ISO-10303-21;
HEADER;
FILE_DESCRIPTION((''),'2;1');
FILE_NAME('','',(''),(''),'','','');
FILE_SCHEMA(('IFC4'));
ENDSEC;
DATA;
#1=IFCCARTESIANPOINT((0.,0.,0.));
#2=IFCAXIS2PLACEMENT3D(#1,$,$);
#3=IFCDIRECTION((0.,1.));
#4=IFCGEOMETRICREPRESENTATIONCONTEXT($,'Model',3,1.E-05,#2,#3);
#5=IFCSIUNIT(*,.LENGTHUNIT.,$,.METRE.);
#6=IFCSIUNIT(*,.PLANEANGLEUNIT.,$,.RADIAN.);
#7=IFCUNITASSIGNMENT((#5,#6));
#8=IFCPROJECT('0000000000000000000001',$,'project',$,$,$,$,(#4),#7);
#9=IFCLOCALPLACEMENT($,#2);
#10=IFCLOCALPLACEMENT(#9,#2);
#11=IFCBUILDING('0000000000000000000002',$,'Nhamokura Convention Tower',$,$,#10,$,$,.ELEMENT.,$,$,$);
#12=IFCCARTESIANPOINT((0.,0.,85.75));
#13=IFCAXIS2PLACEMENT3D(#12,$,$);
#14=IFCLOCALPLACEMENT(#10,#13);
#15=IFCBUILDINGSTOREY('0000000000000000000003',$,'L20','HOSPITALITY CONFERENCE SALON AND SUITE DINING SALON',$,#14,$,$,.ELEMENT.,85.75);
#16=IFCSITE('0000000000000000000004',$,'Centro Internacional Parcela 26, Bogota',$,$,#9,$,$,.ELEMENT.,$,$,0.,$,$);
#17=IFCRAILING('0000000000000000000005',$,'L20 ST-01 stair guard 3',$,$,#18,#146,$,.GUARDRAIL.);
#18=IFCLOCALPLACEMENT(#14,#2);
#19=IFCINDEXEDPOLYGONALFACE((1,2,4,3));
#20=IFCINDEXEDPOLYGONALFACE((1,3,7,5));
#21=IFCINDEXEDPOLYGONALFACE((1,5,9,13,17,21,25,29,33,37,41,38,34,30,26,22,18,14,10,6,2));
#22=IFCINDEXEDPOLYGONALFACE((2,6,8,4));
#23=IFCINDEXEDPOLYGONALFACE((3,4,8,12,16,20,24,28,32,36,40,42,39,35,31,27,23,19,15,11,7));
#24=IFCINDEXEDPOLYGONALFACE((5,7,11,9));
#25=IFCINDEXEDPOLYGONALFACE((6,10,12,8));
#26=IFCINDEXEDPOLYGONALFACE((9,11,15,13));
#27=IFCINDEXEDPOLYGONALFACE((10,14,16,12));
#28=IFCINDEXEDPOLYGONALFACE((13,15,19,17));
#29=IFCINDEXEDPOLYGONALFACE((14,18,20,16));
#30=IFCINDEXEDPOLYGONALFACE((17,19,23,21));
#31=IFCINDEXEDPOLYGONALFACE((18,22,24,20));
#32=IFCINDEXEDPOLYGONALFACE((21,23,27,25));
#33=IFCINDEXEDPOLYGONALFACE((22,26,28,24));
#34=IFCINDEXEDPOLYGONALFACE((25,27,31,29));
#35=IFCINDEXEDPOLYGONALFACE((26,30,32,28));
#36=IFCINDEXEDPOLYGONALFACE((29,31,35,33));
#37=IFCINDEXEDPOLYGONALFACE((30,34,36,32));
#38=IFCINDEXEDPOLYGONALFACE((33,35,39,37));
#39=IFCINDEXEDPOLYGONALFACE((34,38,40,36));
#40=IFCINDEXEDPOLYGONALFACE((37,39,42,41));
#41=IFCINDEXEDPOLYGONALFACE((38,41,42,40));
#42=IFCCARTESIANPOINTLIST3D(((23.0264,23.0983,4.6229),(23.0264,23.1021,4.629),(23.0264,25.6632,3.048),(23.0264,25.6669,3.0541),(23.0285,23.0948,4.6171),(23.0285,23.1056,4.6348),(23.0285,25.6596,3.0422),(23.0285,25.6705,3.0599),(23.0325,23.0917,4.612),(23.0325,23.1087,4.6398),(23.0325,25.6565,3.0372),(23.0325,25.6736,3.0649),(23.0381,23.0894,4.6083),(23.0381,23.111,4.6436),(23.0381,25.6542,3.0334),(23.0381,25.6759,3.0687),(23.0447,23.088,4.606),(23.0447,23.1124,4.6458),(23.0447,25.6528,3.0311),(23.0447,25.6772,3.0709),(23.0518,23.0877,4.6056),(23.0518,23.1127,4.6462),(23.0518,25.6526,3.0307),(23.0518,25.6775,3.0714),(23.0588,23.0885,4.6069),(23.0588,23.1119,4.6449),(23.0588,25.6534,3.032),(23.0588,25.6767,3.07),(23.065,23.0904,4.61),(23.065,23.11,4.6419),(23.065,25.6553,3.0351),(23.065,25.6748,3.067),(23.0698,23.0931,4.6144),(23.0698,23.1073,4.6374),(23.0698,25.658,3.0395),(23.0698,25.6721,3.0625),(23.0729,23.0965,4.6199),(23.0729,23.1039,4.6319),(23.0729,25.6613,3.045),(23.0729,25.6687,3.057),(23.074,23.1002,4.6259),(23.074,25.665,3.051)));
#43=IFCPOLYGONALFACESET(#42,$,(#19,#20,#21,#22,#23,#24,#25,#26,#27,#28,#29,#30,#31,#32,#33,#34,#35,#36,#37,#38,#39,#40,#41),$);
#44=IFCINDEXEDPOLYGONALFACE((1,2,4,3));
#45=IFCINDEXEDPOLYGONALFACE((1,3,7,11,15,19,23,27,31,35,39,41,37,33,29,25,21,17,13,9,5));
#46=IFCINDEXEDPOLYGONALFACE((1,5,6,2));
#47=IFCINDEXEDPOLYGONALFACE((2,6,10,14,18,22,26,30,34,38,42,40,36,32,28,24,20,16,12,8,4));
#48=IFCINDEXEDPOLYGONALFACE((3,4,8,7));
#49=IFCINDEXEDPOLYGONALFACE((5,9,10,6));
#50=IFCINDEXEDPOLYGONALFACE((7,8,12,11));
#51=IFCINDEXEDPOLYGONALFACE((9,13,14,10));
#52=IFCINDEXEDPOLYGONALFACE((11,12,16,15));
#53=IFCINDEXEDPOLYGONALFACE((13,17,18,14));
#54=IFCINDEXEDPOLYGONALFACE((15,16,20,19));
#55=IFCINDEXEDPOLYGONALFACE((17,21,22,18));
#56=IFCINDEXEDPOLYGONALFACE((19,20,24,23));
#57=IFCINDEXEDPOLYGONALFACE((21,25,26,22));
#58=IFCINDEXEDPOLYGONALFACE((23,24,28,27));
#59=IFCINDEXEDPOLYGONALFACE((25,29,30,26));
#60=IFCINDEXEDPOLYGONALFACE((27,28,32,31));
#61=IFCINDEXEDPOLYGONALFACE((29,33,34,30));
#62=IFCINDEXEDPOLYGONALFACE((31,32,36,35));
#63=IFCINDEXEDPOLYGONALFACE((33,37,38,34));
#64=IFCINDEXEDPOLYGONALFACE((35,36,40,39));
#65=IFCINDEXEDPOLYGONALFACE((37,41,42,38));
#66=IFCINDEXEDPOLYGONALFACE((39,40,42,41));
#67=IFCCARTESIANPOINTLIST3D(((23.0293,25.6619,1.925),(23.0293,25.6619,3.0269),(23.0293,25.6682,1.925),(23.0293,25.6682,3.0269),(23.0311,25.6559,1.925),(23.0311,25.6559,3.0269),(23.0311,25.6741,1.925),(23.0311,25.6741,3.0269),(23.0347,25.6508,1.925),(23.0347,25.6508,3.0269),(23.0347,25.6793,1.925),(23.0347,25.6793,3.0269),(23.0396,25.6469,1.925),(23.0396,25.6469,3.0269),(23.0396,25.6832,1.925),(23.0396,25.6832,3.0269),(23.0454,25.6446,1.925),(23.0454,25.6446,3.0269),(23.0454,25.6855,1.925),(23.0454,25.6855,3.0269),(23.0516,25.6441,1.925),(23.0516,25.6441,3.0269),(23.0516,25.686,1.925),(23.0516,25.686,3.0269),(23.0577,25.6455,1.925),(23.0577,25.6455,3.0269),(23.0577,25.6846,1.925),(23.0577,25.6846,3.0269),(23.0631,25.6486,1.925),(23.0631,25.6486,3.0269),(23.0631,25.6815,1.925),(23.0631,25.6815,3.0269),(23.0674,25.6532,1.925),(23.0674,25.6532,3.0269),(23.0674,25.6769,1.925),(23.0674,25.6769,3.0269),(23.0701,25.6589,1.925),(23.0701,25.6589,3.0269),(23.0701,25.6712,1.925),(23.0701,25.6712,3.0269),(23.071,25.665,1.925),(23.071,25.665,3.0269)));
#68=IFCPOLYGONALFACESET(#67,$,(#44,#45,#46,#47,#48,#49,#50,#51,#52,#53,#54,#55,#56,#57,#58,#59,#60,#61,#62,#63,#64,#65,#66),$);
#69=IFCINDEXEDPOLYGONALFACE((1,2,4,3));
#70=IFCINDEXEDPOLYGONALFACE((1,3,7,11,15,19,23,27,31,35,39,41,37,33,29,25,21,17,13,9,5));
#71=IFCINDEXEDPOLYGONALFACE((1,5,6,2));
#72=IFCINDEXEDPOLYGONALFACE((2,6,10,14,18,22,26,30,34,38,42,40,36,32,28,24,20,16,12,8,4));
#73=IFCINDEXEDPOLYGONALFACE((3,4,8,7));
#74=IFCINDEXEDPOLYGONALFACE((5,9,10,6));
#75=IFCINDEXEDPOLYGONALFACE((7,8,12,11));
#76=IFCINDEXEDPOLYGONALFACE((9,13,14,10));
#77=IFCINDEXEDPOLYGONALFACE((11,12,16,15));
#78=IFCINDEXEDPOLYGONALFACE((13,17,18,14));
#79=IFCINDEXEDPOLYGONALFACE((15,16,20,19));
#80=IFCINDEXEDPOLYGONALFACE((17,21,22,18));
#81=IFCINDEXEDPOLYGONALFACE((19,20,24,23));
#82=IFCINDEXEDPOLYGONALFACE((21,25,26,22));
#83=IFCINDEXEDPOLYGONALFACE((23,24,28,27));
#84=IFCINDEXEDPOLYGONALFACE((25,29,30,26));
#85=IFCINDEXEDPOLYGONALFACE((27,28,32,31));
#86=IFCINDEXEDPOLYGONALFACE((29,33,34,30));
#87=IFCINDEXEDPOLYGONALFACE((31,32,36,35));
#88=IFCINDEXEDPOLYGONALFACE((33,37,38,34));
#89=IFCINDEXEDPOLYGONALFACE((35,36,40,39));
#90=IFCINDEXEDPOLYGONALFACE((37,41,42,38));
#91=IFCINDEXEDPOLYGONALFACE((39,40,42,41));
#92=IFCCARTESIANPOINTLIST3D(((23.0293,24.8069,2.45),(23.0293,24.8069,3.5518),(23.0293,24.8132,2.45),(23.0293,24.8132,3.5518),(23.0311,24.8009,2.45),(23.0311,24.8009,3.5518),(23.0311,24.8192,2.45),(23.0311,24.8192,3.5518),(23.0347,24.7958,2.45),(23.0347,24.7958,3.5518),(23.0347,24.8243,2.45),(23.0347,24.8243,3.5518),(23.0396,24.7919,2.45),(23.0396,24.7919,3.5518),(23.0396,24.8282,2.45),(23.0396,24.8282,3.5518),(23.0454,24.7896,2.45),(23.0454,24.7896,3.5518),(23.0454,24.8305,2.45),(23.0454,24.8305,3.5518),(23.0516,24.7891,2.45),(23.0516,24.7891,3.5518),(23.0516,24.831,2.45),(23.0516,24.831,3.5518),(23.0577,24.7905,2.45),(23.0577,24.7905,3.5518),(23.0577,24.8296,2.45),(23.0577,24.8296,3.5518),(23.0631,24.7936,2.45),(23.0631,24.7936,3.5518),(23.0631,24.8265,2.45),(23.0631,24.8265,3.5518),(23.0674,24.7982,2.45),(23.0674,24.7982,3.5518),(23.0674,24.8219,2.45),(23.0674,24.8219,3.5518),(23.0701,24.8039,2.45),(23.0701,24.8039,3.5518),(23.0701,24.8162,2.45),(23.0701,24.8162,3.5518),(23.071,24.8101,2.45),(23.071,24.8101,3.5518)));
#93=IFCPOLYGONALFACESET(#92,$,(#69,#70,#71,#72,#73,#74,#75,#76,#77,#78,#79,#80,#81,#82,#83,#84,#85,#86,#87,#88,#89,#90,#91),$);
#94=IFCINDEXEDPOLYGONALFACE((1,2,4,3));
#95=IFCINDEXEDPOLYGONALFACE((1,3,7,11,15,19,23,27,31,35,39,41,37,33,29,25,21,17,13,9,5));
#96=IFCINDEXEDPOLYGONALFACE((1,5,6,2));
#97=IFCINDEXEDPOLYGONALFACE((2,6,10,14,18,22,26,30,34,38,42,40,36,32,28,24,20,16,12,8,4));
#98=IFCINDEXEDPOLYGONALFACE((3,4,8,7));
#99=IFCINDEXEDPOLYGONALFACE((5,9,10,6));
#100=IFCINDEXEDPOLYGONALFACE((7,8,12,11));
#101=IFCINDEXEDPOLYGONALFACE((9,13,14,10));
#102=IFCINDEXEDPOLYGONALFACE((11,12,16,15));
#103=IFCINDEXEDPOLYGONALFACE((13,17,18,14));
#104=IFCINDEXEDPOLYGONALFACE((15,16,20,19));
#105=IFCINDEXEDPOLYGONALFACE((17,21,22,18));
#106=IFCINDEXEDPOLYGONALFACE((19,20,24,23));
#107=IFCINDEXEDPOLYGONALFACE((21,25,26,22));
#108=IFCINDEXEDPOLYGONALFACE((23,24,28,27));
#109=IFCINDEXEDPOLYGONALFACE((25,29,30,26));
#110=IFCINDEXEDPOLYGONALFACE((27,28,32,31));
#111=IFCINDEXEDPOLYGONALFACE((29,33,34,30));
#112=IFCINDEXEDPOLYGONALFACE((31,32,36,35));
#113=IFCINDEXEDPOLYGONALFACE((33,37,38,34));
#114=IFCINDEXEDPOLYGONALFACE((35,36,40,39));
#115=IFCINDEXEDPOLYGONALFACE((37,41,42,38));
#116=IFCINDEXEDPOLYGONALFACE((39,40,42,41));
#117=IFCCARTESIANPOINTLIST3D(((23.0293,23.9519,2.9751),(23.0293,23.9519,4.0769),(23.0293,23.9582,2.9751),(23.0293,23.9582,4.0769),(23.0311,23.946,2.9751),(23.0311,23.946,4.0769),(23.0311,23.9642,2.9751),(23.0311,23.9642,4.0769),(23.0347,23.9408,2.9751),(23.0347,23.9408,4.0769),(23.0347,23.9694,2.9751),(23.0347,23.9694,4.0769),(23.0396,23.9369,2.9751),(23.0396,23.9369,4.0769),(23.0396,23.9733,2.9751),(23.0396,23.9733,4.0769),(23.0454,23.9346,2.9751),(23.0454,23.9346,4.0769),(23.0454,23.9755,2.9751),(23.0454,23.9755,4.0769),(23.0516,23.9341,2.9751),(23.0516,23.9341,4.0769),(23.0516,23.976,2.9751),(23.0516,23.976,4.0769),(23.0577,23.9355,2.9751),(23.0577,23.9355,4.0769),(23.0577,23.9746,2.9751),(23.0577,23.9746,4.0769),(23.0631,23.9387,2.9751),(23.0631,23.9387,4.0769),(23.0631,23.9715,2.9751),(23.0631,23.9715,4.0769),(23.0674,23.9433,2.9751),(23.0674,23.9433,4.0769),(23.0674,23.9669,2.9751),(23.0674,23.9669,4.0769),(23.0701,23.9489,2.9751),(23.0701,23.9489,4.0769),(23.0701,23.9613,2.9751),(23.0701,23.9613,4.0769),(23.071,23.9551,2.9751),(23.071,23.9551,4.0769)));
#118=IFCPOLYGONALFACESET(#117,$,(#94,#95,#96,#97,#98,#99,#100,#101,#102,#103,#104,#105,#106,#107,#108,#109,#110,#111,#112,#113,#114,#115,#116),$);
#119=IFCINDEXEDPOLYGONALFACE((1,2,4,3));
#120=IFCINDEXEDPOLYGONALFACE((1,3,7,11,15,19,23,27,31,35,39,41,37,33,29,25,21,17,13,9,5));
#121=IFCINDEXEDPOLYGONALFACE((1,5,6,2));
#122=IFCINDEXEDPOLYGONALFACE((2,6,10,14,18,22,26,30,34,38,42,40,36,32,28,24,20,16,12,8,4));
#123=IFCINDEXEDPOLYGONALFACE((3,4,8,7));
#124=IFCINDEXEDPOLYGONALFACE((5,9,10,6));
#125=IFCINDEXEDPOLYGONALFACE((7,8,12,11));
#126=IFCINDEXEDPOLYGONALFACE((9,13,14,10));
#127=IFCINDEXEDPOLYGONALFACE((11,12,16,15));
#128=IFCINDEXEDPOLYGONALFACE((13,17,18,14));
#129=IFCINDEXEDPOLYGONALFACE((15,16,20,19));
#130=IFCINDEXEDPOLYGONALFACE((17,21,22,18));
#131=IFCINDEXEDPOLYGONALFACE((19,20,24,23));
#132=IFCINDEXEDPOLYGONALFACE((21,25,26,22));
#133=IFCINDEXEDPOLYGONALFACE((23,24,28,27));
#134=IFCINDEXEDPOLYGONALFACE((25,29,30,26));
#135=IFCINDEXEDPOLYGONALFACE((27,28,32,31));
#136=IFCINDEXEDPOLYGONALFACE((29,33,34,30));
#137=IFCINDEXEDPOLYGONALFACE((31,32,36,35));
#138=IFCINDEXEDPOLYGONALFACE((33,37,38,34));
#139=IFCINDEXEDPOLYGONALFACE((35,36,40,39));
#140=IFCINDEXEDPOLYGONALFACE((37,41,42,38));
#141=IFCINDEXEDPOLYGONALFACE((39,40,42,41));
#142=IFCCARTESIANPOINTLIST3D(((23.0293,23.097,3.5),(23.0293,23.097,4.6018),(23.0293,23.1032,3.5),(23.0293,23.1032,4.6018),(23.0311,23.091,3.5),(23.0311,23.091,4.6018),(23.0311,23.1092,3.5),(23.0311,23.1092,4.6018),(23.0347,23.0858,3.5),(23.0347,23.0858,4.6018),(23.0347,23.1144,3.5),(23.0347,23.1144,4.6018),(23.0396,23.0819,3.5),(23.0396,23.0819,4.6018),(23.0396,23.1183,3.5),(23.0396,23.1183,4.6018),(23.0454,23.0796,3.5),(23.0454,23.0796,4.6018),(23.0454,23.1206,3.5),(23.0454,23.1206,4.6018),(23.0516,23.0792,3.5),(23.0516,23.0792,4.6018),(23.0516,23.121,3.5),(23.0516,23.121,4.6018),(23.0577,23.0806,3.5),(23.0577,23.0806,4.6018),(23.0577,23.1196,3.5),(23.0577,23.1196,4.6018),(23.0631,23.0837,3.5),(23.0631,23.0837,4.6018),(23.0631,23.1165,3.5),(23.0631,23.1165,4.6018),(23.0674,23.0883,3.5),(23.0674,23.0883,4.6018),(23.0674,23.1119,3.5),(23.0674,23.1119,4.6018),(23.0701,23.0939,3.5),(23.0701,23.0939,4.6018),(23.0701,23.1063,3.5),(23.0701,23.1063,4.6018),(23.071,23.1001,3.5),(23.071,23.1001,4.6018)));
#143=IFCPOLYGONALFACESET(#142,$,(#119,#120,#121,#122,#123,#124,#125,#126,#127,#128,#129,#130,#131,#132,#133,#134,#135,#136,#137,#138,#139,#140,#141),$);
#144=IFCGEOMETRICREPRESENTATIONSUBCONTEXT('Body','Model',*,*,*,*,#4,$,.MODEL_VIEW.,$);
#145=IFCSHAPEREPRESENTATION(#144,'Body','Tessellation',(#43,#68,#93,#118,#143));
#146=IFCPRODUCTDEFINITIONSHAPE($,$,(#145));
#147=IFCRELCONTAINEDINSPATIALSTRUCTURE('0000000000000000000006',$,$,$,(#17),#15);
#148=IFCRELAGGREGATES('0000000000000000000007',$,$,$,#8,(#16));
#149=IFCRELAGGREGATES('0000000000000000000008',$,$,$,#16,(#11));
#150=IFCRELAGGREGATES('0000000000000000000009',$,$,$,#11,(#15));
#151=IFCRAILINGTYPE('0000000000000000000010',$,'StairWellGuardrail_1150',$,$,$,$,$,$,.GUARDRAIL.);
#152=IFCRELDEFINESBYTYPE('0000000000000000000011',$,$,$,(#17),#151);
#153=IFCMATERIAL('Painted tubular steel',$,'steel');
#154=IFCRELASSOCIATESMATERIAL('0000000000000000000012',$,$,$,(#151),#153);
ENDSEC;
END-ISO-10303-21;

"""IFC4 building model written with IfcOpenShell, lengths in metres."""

from ifc_helpers import new_model, si_unit, direction, frame, origin, origin_2d, place, context, subcontext, project, spatial, circle, extrude, material, type_object, element, save


model = new_model("IFC4")

# Units and contexts
model_context = context("Model", 3, precision=1e-05, world=origin(), true_north=direction((0.0, 1.0)))
body_context = subcontext(model_context, "Body", "Model", "MODEL_VIEW")
ifc_project = project(units=[si_unit("LENGTHUNIT", "METRE"), si_unit("PLANEANGLEUNIT", "RADIAN")], contexts=[model_context])

# Site, building, storey
site_placement = place(None, origin())
site = spatial("IfcSite", under=ifc_project, at=site_placement, Name="Centro Internacional Parcela 26, Bogota", CompositionType="ELEMENT", RefElevation=0.0)
building_placement = place(site_placement, origin())
building = spatial("IfcBuilding", under=site, at=building_placement, Name="Nhamokura Convention Tower", CompositionType="ELEMENT")
storey_placement = place(building_placement, frame((0.0, 0.0, 85.75)))
storey = spatial("IfcBuildingStorey", under=building, at=storey_placement, Name="L20", Description="HOSPITALITY CONFERENCE SALON AND SUITE DINING SALON", CompositionType="ELEMENT", Elevation=85.75)

# Railing
ifc_material_1 = material(Name="Painted tubular steel", Category="steel")
railing_type_1 = type_object("IfcRailingType", Name="StairWellGuardrail_1150", PredefinedType="GUARDRAIL", material=ifc_material_1)
railing_1_placement = place(storey_placement, frame((23.05, 25.665, 1.925)))
element("IfcRailing", 1, at=railing_1_placement, inside=storey, type_object=railing_type_1, Name="L20 ST-01 stair guard 3", PredefinedType="GUARDRAIL", context=body_context, shape_type="SweptSolid", body=[
    extrude(circle(Radius=0.0239, at=origin_2d()), frame((0.0, 0.0, 1.126), z_axis=(0.0, -0.852173, 0.52326), x_axis=(1.0, 0.0, 0.0)), (0.0, 0.0, 1.0), 3.0098),
    extrude(circle(Radius=0.021, at=origin_2d()), origin(), (0.0, 0.0, 1.0), 1.1018),
    extrude(circle(Radius=0.021, at=origin_2d()), frame((0.0, -0.855, 0.5249)), (0.0, 0.0, 1.0), 1.1018),
    extrude(circle(Radius=0.021, at=origin_2d()), frame((0.0, -1.71, 1.05)), (0.0, 0.0, 1.0), 1.1018),
    extrude(circle(Radius=0.021, at=origin_2d()), frame((0.0, -2.5649, 1.575)), (0.0, 0.0, 1.0), 1.1018),
])

save(model, "model.ifc")
